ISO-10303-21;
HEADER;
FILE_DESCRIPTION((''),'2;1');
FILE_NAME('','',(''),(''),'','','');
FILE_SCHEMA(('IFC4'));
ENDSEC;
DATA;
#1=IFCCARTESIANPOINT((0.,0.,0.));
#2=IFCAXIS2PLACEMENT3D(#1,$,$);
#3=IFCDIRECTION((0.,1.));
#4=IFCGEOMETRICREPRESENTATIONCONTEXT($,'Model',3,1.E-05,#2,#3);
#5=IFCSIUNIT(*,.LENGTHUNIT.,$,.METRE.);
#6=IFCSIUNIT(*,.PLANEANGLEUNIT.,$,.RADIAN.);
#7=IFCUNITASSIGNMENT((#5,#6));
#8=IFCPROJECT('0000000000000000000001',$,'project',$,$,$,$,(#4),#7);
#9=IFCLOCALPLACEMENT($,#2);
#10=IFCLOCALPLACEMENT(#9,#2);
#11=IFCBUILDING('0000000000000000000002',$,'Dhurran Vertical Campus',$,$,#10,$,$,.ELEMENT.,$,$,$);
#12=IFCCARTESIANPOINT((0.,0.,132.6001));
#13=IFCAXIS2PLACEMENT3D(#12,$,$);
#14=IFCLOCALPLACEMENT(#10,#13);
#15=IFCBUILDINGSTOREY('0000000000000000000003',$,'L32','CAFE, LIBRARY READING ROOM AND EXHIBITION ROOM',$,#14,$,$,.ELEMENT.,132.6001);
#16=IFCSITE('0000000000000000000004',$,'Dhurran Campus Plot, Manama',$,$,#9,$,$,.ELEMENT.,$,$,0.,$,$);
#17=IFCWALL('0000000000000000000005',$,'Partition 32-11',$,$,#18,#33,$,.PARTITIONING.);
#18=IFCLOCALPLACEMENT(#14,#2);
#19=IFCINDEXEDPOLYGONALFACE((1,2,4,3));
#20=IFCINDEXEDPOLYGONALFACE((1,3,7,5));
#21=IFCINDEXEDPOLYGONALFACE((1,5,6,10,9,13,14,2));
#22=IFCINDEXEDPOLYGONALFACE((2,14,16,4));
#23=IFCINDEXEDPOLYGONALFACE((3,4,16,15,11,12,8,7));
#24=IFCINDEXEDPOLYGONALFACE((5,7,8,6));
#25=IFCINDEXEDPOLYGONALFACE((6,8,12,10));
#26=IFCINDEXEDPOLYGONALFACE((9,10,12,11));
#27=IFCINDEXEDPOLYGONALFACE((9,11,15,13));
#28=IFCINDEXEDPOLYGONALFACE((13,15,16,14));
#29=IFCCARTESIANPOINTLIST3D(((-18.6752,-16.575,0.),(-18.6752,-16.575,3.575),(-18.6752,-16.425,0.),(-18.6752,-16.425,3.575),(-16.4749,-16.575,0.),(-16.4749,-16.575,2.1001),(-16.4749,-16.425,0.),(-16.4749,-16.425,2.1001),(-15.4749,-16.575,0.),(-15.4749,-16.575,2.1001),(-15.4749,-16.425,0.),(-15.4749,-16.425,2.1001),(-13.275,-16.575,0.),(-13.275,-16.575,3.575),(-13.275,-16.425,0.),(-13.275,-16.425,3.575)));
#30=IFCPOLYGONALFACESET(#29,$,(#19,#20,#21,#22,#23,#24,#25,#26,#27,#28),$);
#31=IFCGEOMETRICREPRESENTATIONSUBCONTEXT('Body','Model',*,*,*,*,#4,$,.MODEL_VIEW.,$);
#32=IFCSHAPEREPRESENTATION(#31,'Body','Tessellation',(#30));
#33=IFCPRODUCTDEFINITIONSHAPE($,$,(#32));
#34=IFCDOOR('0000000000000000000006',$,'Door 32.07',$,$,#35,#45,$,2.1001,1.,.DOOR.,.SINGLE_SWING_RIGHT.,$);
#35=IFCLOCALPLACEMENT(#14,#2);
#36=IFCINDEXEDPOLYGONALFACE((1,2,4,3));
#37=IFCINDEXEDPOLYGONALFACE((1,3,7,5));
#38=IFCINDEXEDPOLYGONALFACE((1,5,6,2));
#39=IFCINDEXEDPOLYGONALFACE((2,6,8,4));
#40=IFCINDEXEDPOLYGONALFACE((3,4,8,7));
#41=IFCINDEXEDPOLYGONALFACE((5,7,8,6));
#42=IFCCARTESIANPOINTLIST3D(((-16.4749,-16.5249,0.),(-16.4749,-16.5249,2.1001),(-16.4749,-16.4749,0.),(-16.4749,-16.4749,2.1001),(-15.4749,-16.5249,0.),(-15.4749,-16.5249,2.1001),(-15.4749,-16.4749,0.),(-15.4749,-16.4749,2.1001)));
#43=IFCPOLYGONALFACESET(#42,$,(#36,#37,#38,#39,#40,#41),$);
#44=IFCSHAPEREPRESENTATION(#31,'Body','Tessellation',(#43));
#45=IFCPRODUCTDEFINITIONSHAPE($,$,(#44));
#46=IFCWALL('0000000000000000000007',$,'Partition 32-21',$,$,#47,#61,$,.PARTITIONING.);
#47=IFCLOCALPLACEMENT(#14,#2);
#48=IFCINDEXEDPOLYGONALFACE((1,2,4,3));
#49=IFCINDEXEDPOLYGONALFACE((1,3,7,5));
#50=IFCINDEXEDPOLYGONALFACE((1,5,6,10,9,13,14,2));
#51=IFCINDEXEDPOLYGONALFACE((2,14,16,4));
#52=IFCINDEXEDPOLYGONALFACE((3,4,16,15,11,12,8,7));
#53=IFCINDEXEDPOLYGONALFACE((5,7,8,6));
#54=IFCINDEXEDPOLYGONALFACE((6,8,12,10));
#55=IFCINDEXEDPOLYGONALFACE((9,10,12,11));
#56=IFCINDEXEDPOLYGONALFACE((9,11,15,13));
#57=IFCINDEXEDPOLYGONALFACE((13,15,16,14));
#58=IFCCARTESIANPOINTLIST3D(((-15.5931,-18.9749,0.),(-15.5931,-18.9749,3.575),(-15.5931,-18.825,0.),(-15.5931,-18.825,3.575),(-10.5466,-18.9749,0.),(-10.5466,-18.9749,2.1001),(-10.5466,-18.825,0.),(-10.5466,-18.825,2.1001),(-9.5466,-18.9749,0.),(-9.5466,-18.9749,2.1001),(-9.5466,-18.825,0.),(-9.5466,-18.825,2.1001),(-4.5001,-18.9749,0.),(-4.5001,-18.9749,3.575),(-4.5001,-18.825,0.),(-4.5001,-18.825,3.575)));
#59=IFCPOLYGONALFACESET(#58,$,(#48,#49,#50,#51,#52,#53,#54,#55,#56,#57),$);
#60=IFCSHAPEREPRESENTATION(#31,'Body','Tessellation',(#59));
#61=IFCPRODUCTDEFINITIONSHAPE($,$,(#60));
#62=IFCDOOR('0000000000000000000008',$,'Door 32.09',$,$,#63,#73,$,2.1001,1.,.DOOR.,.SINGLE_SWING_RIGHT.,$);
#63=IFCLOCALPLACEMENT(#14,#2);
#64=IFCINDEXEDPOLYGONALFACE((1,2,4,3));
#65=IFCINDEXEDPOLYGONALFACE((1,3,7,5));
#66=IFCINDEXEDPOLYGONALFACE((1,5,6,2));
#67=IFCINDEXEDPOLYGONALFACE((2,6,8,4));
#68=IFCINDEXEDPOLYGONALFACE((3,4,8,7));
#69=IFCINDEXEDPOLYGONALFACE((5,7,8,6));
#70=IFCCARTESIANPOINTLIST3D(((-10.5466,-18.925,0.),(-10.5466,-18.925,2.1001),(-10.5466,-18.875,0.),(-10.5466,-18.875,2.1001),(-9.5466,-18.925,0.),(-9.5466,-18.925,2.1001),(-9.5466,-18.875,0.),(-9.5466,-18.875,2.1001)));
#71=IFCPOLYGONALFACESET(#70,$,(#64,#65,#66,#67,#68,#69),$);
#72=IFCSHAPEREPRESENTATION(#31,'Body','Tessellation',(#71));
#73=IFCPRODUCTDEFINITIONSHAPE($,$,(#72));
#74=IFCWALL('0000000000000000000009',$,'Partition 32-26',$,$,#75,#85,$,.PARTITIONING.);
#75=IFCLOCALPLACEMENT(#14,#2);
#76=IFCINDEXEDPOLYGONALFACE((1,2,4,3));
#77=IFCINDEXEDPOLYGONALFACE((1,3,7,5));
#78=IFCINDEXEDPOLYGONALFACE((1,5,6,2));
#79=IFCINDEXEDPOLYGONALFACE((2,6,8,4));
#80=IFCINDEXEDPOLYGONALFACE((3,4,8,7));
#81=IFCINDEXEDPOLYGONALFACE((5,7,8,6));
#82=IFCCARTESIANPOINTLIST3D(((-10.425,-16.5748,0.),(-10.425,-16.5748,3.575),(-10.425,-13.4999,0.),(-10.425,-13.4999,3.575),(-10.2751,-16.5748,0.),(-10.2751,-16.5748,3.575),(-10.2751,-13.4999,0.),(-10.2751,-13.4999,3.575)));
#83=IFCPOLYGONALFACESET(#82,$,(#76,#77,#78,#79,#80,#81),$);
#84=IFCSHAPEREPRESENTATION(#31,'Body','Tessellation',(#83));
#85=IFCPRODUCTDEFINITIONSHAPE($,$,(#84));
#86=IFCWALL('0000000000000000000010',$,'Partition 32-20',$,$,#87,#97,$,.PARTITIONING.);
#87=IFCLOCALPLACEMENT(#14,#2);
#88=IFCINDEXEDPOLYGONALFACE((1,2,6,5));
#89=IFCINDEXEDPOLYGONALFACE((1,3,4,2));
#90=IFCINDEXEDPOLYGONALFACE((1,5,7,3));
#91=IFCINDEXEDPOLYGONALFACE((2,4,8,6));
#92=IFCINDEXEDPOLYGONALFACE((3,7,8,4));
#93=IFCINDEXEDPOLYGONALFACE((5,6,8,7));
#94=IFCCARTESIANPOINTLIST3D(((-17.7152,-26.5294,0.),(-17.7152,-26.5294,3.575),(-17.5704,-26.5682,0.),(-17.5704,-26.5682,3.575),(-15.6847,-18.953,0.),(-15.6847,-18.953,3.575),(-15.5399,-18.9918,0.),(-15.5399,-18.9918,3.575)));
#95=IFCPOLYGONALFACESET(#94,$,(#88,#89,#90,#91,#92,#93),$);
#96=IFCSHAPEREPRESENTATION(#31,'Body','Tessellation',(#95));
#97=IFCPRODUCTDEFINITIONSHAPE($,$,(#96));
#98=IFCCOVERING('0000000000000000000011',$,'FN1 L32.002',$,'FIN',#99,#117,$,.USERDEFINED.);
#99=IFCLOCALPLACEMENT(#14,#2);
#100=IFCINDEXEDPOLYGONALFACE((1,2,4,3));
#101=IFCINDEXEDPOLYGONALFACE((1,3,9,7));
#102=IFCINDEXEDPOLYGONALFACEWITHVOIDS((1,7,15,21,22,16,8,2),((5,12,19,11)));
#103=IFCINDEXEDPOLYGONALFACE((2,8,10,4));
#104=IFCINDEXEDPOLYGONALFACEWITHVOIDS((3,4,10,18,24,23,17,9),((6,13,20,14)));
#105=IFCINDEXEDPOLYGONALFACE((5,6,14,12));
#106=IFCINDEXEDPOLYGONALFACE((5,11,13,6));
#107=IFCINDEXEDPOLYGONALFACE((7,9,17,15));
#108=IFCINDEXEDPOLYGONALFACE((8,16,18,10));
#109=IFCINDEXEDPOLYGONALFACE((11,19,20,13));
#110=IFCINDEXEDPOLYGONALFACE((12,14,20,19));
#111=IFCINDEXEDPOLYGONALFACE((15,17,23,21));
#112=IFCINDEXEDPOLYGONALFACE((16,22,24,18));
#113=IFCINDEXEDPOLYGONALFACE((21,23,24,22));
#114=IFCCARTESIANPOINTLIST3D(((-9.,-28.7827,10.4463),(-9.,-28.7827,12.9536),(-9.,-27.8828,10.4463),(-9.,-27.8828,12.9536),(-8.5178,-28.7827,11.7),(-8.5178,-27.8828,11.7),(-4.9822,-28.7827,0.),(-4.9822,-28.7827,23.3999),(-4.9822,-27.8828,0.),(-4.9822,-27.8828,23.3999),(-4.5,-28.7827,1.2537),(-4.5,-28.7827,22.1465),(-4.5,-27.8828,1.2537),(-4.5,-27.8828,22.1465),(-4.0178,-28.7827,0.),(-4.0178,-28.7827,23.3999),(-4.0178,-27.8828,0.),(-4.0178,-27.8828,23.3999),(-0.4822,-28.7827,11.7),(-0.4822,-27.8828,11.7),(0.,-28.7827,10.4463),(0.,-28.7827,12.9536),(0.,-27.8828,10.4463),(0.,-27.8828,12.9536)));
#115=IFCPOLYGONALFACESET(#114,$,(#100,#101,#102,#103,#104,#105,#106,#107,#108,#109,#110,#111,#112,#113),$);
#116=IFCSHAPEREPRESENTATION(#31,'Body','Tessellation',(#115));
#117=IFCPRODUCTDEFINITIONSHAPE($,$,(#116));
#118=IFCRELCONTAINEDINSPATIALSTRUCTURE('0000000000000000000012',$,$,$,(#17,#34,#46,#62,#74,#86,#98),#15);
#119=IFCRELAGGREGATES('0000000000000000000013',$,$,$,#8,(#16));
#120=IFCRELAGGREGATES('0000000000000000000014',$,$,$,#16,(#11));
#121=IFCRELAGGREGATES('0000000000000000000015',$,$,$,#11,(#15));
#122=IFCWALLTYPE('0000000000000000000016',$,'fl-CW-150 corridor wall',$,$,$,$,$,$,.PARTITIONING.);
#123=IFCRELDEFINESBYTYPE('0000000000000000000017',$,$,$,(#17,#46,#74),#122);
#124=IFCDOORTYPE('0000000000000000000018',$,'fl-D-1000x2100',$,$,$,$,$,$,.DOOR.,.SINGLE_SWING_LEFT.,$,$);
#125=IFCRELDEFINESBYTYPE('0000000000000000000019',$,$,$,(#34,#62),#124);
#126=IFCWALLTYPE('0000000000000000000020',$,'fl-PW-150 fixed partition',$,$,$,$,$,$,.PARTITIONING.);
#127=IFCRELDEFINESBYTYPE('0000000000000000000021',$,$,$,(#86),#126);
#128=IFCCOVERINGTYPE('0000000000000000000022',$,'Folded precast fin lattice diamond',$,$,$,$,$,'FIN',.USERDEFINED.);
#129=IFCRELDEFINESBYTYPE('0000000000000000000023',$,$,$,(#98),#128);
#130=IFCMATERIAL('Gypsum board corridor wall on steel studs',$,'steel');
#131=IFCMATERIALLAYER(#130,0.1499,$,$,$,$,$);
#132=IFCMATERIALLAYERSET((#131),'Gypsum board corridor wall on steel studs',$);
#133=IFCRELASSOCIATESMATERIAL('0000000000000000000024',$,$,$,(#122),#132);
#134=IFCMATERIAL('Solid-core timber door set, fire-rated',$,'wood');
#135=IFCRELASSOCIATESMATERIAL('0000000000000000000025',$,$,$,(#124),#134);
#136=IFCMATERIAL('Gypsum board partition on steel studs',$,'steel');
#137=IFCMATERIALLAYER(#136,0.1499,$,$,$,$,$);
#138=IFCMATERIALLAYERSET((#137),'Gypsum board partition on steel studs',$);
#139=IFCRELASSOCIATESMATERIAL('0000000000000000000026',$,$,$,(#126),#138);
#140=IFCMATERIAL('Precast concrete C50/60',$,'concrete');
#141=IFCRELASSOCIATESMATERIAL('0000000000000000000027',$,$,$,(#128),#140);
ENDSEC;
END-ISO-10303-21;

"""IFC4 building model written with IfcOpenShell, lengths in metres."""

from ifc_helpers import new_model, si_unit, direction, frame, frame_2d, origin, place, context, subcontext, project, spatial, polyline, rectangle, outline, extrude, material, layer, layer_set, type_object, element, fill, save


model = new_model("IFC4")

# Units and contexts
model_context = context("Model", 3, precision=1e-05, world=origin(), true_north=direction((0.0, 1.0)))
body_context = subcontext(model_context, "Body", "Model", "MODEL_VIEW")
ifc_project = project(units=[si_unit("LENGTHUNIT", "METRE"), si_unit("PLANEANGLEUNIT", "RADIAN")], contexts=[model_context])

# Site, building, storey
site_placement = place(None, origin())
site = spatial("IfcSite", under=ifc_project, at=site_placement, Name="Dhurran Campus Plot, Manama", CompositionType="ELEMENT", RefElevation=0.0)
building_placement = place(site_placement, origin())
building = spatial("IfcBuilding", under=site, at=building_placement, Name="Dhurran Vertical Campus", CompositionType="ELEMENT")
storey_placement = place(building_placement, frame((0.0, 0.0, 132.6001)))
storey = spatial("IfcBuildingStorey", under=building, at=storey_placement, Name="L32", Description="CAFE, LIBRARY READING ROOM AND EXHIBITION ROOM", CompositionType="ELEMENT", Elevation=132.6001)

# Walls, openings, doors
ifc_material_1 = material(Name="Gypsum board corridor wall on steel studs", Category="steel")
ifc_layer_1 = layer(ifc_material_1, 0.1499)
ifc_layer_set_1 = layer_set([ifc_layer_1], Name="Gypsum board corridor wall on steel studs")
wall_type_1 = type_object("IfcWallType", Name="fl-CW-150 corridor wall", PredefinedType="PARTITIONING", material=ifc_layer_set_1)
wall_1_placement = place(storey_placement, frame((-13.2749, -16.5, 0.0), z_axis=(0.0, 0.0, 1.0), x_axis=(-1.0, 0.0, 0.0)))
wall_1 = element("IfcWall", 1, at=wall_1_placement, inside=storey, type_object=wall_type_1, Name="Partition 32-11", PredefinedType="PARTITIONING", context=body_context, shape_type="SweptSolid", body=[
    extrude(rectangle(XDim=5.4001, YDim=0.1499, at=frame_2d((2.7002, 0.0))), origin(), (0.0, 0.0, 1.0), 3.575),
])
opening_1_placement = place(wall_1_placement, frame((2.2, 0.0, 0.0)))
opening_1 = element("IfcOpeningElement", 2, at=opening_1_placement, cuts=wall_1, PredefinedType="OPENING", context=body_context, shape_type="SweptSolid", body=[
    extrude(rectangle(XDim=1.0, YDim=2.1001, at=frame_2d((0.5, 1.05))), frame((0.0, 0.085, 0.0), z_axis=(0.0, -1.0, 0.0), x_axis=(1.0, 0.0, 0.0)), (0.0, 0.0, 1.0), 0.1699),
])
ifc_material_2 = material(Name="Solid-core timber door set, fire-rated", Category="wood")
door_type = type_object("IfcDoorType", Name="fl-D-1000x2100", OperationType="SINGLE_SWING_LEFT", PredefinedType="DOOR", material=ifc_material_2)
door_1_placement = place(opening_1_placement, origin())
door_1 = element("IfcDoor", 3, at=door_1_placement, inside=storey, type_object=door_type, Name="Door 32.07", OperationType="SINGLE_SWING_RIGHT", OverallHeight=2.1001, OverallWidth=1.0, PredefinedType="DOOR", context=body_context, shape_type="SweptSolid", body=[
    extrude(rectangle(XDim=1.0, YDim=2.1001, at=frame_2d((0.5, 1.05))), frame((0.0, 0.0249, 0.0), z_axis=(0.0, -1.0, 0.0), x_axis=(1.0, 0.0, 0.0)), (0.0, 0.0, 1.0), 0.05),
])
fill(opening_1, door_1)
wall_2_placement = place(storey_placement, frame((-15.593, -18.8999, 0.0), z_axis=(0.0, 0.0, 1.0), x_axis=(1.0, 0.0, 0.0)))
wall_2 = element("IfcWall", 4, at=wall_2_placement, inside=storey, type_object=wall_type_1, Name="Partition 32-21", PredefinedType="PARTITIONING", context=body_context, shape_type="SweptSolid", body=[
    extrude(rectangle(XDim=11.093, YDim=0.1499, at=frame_2d((5.5464, 0.0))), origin(), (0.0, 0.0, 1.0), 3.575),
])
opening_2_placement = place(wall_2_placement, frame((5.0464, 0.0, 0.0)))
opening_2 = element("IfcOpeningElement", 5, at=opening_2_placement, cuts=wall_2, PredefinedType="OPENING", context=body_context, shape_type="SweptSolid", body=[
    extrude(rectangle(XDim=1.0, YDim=2.1001, at=frame_2d((0.5, 1.05))), frame((0.0, 0.085, 0.0), z_axis=(0.0, -1.0, 0.0), x_axis=(1.0, 0.0, 0.0)), (0.0, 0.0, 1.0), 0.1699),
])
door_2_placement = place(opening_2_placement, origin())
door_2 = element("IfcDoor", 6, at=door_2_placement, inside=storey, type_object=door_type, Name="Door 32.09", OperationType="SINGLE_SWING_RIGHT", OverallHeight=2.1001, OverallWidth=1.0, PredefinedType="DOOR", context=body_context, shape_type="SweptSolid", body=[
    extrude(rectangle(XDim=1.0, YDim=2.1001, at=frame_2d((0.5, 1.05))), frame((0.0, 0.0249, 0.0), z_axis=(0.0, -1.0, 0.0), x_axis=(1.0, 0.0, 0.0)), (0.0, 0.0, 1.0), 0.05),
])
fill(opening_2, door_2)

# Walls
wall_3_placement = place(storey_placement, frame((-10.3501, -16.575, 0.0), z_axis=(0.0, 0.0, 1.0), x_axis=(0.0, 1.0, 0.0)))
element("IfcWall", 7, at=wall_3_placement, inside=storey, type_object=wall_type_1, Name="Partition 32-26", PredefinedType="PARTITIONING", context=body_context, shape_type="SweptSolid", body=[
    extrude(rectangle(XDim=3.075, YDim=0.1499, at=frame_2d((1.5376, 0.0))), origin(), (0.0, 0.0, 1.0), 3.575),
])
ifc_material_3 = material(Name="Gypsum board partition on steel studs", Category="steel")
ifc_layer_2 = layer(ifc_material_3, 0.1499)
ifc_layer_set_2 = layer_set([ifc_layer_2], Name="Gypsum board partition on steel studs")
wall_type_2 = type_object("IfcWallType", Name="fl-PW-150 fixed partition", PredefinedType="PARTITIONING", material=ifc_layer_set_2)
wall_4_placement = place(storey_placement, frame((-15.6123, -18.9724, 0.0), z_axis=(0.0, 0.0, 1.0), x_axis=(-0.258869, -0.965912, 0.0)))
element("IfcWall", 8, at=wall_4_placement, inside=storey, type_object=wall_type_2, Name="Partition 32-20", PredefinedType="PARTITIONING", context=body_context, shape_type="SweptSolid", body=[
    extrude(rectangle(XDim=7.8438, YDim=0.1499, at=frame_2d((3.9219, 0.0))), origin(), (0.0, 0.0, 1.0), 3.575),
])

# Covering
ifc_material_4 = material(Name="Precast concrete C50/60", Category="concrete")
covering_type = type_object("IfcCoveringType", Name="Folded precast fin lattice diamond", ElementType="FIN", PredefinedType="USERDEFINED", material=ifc_material_4)
covering_placement = place(storey_placement, frame((-9.0, -27.8828, 0.0), z_axis=(0.0, -1.0, 0.0), x_axis=(1.0, 0.0, 0.0)))
element("IfcCovering", 9, at=covering_placement, inside=storey, type_object=covering_type, Name="FN1 L32.002", ObjectType="FIN", PredefinedType="USERDEFINED", context=body_context, shape_type="SweptSolid", body=[
    extrude(outline(polyline([(9.0, 12.9536), (9.0, 10.4463), (4.9822, 0.0), (4.0178, 0.0), (0.0, 10.4463), (0.0, 12.9536), (4.0178, 23.3999), (4.9822, 23.3999), (9.0, 12.9536)]), holes=[polyline([(8.5178, 11.7), (4.5, 22.1465), (0.4822, 11.7), (4.5, 1.2537), (8.5178, 11.7)])]), origin(), (0.0, 0.0, 1.0), 0.8999),
])

save(model, "model.ifc")
